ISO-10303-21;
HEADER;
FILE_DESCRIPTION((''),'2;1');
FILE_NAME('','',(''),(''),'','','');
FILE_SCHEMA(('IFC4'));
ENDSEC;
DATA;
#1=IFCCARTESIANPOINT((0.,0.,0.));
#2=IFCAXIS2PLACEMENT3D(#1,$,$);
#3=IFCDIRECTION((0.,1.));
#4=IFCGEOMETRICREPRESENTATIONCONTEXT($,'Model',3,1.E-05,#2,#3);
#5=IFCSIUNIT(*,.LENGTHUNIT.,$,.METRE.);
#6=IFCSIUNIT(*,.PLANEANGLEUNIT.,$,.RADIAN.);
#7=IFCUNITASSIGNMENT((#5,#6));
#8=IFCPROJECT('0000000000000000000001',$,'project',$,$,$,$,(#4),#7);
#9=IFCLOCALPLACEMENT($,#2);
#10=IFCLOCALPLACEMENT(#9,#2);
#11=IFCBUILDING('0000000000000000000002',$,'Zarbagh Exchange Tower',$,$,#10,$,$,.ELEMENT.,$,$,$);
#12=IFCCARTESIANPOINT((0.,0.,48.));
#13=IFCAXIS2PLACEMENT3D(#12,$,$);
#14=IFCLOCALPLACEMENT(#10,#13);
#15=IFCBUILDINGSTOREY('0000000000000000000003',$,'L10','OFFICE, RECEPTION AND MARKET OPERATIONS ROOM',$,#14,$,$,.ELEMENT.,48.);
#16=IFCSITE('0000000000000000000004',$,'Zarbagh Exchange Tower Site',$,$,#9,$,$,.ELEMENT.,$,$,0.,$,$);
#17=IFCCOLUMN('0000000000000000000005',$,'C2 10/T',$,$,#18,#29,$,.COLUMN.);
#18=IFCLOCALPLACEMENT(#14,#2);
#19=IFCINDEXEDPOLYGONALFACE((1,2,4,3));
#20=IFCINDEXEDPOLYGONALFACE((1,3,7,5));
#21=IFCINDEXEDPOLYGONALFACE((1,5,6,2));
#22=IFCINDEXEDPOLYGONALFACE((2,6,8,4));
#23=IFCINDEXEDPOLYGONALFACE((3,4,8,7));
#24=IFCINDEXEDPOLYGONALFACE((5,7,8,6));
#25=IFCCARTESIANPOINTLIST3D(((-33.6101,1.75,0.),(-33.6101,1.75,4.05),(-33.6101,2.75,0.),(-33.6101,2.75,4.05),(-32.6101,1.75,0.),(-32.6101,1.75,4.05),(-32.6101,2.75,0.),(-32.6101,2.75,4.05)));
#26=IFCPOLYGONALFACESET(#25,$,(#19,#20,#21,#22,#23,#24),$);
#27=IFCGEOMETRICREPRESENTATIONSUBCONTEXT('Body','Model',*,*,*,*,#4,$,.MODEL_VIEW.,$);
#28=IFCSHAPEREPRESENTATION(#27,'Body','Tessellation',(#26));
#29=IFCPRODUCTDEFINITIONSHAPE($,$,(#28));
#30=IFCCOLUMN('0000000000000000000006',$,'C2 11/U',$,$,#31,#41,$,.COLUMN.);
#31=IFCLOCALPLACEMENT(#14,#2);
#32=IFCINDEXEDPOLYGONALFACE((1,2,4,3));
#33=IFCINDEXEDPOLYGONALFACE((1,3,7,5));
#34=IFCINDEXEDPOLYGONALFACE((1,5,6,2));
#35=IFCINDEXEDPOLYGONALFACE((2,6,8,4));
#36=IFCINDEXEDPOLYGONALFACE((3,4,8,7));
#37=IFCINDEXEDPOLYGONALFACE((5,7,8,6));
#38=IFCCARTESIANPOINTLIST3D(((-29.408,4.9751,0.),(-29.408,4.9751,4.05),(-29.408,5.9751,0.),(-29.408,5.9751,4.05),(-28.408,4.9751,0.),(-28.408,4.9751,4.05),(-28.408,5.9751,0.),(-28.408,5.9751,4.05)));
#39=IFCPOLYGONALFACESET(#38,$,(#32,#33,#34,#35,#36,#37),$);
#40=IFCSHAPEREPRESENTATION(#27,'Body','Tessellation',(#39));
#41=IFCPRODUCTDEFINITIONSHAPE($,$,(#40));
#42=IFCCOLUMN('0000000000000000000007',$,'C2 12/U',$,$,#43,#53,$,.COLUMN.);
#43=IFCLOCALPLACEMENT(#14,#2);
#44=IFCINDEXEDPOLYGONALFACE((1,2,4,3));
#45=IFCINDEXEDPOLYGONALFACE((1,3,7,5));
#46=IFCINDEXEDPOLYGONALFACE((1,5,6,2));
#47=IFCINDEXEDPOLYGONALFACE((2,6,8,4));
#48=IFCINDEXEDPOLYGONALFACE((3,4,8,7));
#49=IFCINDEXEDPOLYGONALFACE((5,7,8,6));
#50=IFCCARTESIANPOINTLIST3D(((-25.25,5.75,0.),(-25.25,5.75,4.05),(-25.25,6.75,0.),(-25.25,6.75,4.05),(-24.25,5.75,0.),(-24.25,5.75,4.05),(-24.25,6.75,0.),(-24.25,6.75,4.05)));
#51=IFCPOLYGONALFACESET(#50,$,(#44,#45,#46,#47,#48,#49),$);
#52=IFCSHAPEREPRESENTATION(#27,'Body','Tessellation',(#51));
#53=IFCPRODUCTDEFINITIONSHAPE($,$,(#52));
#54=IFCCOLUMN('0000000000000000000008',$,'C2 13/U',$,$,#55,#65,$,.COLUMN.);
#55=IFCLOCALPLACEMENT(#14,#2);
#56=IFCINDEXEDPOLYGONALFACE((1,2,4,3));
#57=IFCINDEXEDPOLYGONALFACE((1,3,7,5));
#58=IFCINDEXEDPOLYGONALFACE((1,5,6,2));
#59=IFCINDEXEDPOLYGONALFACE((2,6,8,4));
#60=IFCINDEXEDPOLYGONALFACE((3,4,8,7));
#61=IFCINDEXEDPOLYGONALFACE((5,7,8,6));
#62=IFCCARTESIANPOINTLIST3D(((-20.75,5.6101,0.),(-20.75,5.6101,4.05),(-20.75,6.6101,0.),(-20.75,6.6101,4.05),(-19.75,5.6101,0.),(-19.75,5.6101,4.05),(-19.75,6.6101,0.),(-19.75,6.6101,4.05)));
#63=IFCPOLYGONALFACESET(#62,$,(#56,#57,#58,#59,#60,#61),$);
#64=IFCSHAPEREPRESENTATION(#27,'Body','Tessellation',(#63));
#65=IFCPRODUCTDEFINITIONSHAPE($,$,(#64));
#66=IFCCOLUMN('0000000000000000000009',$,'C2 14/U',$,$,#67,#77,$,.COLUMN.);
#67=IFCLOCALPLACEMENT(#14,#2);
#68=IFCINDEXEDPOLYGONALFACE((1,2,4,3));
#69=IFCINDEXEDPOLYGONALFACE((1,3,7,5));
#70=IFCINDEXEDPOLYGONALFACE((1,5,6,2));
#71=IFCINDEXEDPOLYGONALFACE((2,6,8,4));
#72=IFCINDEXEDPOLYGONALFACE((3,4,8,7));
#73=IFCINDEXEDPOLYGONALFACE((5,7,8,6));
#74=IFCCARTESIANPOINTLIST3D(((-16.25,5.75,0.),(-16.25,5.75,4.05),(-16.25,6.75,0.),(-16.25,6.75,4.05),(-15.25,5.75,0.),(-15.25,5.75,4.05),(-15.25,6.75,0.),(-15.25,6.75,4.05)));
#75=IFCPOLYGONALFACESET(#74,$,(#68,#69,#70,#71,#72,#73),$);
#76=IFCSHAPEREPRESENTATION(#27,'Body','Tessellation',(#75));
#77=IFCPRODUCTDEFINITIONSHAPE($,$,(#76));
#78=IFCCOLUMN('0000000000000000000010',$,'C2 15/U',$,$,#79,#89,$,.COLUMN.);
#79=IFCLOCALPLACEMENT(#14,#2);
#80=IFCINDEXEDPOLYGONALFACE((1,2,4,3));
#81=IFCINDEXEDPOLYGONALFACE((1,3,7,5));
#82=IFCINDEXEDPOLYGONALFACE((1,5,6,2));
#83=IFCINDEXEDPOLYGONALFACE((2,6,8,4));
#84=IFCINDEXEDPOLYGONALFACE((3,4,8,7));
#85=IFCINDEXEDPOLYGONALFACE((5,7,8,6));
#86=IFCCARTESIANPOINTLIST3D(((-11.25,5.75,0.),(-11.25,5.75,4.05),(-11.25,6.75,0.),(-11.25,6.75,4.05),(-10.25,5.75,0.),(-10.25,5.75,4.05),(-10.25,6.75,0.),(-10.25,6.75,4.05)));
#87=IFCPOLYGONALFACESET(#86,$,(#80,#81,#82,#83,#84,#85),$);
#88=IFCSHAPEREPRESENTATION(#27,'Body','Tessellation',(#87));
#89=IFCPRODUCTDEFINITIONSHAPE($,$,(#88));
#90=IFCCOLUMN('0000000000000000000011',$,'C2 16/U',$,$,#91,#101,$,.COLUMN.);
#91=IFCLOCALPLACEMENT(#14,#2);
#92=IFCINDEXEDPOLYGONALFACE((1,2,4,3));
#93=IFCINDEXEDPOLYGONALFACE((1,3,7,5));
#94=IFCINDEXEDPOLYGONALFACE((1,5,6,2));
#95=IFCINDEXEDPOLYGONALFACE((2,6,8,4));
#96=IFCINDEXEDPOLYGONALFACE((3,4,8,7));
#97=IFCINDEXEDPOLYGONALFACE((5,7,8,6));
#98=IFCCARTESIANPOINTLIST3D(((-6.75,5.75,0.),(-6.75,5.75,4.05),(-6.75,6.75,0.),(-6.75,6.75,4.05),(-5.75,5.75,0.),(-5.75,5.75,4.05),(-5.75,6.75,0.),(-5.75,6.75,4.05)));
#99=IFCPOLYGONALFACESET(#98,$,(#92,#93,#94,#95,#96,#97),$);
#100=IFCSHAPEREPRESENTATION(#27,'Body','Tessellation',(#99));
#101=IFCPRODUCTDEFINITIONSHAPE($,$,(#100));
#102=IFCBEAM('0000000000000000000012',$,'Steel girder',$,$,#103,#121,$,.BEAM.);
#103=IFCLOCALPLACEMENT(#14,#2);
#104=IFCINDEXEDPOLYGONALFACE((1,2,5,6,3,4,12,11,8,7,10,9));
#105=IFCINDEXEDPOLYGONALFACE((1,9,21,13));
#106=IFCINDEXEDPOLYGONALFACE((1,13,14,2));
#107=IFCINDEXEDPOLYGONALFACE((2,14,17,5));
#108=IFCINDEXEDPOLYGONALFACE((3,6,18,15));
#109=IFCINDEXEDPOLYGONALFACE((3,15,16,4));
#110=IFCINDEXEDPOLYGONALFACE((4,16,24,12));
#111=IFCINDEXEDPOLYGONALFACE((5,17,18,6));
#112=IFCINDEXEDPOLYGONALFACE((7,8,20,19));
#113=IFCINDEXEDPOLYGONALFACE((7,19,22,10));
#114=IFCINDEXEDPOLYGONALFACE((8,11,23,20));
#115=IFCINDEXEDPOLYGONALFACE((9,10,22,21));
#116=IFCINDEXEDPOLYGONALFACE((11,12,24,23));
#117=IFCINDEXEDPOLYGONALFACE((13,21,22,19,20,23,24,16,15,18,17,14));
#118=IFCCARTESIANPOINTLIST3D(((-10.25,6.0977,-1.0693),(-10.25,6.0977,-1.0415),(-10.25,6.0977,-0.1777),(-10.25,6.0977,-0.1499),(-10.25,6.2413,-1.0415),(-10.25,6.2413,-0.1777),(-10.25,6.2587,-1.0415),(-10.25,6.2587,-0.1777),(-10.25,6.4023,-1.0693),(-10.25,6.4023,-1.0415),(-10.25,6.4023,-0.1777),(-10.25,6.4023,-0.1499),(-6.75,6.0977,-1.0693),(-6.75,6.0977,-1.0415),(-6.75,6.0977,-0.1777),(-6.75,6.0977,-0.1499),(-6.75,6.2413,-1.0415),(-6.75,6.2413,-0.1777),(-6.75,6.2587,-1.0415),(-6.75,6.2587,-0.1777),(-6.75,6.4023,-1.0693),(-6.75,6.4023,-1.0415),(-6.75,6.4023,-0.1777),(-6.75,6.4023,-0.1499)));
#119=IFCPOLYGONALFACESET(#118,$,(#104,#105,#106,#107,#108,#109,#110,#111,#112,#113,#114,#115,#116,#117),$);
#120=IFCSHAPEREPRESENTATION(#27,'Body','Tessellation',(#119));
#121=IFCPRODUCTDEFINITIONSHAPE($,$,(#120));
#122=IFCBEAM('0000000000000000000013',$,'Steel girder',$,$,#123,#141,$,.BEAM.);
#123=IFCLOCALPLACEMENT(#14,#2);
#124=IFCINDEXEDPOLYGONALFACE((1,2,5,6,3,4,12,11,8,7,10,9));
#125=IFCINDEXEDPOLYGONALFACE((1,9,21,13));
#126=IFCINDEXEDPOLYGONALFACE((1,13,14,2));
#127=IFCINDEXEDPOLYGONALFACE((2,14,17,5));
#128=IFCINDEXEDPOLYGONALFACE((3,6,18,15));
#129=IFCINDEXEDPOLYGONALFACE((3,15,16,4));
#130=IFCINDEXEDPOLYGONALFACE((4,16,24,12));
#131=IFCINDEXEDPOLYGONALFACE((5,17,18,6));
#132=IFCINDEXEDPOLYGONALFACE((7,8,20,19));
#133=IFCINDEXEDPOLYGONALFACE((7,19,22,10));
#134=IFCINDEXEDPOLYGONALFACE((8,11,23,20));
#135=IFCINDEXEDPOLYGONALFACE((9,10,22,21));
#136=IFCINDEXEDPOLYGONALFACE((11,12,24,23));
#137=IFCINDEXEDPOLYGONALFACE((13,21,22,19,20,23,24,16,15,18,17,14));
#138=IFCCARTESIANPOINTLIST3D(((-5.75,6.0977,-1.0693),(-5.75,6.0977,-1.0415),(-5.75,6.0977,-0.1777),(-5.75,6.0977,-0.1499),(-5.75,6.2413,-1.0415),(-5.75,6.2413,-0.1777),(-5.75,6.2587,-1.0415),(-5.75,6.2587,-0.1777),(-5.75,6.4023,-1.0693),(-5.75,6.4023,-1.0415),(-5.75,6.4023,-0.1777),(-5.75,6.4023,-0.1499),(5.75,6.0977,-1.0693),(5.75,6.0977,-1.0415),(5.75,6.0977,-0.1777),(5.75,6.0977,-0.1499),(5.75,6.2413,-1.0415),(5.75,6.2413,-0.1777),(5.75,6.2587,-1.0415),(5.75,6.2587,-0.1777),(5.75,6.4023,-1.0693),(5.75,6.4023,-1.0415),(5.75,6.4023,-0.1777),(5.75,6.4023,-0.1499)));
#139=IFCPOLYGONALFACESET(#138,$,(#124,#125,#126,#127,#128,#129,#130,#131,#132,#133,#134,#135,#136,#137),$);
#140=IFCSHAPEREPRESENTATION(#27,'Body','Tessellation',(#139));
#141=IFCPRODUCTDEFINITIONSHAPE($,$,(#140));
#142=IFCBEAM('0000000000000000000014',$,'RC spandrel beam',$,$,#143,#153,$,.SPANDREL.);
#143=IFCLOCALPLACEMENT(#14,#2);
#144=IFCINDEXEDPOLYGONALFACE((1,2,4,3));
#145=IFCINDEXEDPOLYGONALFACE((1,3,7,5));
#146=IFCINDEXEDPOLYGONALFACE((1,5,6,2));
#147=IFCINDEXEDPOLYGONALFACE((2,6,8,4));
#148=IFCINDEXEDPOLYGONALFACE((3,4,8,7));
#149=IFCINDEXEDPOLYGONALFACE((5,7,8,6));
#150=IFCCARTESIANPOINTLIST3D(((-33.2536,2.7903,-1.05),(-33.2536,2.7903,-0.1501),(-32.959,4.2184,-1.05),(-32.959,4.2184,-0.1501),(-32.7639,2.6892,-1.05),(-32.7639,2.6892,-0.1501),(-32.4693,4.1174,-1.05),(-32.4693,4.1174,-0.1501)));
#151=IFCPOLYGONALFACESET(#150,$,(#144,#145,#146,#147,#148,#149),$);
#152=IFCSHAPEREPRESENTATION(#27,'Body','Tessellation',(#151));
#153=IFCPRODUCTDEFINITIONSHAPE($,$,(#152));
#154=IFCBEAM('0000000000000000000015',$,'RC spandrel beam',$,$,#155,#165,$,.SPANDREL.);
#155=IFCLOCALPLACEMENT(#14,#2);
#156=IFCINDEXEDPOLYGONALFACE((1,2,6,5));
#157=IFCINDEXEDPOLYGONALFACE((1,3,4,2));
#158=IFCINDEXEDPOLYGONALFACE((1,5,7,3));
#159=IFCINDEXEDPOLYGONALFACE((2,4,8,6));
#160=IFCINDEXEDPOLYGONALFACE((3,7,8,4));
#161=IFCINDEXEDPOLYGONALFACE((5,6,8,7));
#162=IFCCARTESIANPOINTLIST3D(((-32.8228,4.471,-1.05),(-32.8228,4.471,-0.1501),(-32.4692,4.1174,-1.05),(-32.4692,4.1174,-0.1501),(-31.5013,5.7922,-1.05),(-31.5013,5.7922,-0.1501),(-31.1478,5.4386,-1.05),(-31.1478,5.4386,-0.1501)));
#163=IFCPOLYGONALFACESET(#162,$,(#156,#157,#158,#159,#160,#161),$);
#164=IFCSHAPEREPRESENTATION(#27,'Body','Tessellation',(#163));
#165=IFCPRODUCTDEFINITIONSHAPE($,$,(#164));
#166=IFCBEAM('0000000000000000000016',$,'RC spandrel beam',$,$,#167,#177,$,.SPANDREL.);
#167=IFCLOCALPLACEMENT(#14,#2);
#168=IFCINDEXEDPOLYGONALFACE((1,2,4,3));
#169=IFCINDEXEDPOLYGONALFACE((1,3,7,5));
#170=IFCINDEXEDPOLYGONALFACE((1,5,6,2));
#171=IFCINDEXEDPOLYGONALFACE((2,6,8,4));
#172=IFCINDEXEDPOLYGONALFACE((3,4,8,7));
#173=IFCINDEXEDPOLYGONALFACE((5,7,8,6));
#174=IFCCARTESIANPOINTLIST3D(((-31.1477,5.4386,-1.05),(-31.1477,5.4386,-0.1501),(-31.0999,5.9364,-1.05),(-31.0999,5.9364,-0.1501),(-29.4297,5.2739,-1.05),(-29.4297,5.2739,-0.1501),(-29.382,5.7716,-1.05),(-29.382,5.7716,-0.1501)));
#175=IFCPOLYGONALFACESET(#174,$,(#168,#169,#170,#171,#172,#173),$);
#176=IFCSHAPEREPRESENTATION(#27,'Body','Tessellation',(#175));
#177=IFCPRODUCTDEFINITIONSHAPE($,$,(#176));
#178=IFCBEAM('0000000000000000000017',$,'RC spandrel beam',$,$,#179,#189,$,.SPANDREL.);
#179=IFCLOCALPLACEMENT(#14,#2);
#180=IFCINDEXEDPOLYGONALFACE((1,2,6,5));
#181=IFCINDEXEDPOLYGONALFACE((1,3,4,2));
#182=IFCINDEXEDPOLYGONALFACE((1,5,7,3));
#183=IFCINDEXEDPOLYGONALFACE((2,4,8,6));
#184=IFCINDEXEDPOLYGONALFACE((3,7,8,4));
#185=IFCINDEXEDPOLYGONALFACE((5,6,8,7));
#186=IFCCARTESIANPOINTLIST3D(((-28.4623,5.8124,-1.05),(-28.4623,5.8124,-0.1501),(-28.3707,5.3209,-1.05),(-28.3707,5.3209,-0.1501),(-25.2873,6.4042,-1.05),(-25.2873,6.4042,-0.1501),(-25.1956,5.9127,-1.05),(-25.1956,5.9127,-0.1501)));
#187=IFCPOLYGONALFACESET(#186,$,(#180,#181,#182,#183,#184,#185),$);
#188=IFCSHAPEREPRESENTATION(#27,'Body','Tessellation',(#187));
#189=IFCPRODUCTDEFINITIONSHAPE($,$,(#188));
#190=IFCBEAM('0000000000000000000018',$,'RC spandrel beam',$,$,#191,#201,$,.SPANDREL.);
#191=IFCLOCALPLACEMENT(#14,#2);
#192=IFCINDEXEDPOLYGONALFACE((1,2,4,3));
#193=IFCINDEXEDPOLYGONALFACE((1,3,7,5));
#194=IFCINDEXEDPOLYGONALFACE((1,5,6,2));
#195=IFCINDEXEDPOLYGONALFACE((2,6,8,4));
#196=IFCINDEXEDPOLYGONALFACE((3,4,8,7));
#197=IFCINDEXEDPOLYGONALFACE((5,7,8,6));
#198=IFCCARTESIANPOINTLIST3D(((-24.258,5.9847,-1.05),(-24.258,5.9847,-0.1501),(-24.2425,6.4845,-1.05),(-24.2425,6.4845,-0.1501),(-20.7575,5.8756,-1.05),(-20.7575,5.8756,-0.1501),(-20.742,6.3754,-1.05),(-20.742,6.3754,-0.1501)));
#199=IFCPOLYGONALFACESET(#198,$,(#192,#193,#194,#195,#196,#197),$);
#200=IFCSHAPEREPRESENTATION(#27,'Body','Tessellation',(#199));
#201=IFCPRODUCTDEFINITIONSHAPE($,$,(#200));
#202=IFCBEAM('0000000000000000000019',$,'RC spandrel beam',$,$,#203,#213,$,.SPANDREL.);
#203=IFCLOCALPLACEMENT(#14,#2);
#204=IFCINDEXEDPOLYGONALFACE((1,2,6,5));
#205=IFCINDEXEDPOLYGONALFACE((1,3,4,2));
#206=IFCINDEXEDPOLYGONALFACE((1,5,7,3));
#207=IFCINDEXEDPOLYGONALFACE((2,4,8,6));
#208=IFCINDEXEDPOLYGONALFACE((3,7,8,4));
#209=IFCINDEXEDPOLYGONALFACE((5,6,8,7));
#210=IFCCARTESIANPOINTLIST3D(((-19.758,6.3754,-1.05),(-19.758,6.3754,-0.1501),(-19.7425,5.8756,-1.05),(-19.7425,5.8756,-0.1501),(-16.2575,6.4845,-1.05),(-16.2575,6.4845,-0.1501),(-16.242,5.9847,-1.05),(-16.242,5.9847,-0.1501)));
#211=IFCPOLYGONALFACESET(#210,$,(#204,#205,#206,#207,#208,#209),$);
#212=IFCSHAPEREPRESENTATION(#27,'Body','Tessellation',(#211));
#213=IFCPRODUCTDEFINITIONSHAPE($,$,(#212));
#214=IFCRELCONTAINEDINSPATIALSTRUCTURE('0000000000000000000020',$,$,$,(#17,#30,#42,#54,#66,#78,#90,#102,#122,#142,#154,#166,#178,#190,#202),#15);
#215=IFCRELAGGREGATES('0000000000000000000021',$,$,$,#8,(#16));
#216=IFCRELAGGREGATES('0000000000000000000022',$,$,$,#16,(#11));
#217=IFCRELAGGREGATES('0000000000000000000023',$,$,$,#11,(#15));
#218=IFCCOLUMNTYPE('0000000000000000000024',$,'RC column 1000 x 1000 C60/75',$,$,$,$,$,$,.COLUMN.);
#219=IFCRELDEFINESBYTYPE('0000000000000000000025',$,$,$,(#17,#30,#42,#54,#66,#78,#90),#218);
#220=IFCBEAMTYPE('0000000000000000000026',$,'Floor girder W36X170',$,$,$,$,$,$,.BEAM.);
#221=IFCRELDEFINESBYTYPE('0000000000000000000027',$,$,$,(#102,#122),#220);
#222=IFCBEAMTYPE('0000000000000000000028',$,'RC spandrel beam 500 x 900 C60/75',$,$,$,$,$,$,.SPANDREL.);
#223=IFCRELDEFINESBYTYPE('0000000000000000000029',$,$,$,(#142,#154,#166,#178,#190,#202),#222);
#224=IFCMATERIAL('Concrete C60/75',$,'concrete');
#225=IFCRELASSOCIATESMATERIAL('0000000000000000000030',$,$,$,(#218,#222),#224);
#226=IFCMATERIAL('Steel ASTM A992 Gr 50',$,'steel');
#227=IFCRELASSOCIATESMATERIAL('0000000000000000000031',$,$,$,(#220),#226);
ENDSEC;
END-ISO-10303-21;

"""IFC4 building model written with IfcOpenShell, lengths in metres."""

from ifc_helpers import new_model, si_unit, direction, frame, origin, origin_2d, place, context, subcontext, project, spatial, rectangle, i_section, extrude, material, material_profile, profile_set, type_object, element, save


model = new_model("IFC4")

# Units and contexts
model_context = context("Model", 3, precision=1e-05, world=origin(), true_north=direction((0.0, 1.0)))
body_context = subcontext(model_context, "Body", "Model", "MODEL_VIEW")
ifc_project = project(units=[si_unit("LENGTHUNIT", "METRE"), si_unit("PLANEANGLEUNIT", "RADIAN")], contexts=[model_context])

# Site, building, storey
site_placement = place(None, origin())
site = spatial("IfcSite", under=ifc_project, at=site_placement, Name="Zarbagh Exchange Tower Site", CompositionType="ELEMENT", RefElevation=0.0)
building_placement = place(site_placement, origin())
building = spatial("IfcBuilding", under=site, at=building_placement, Name="Zarbagh Exchange Tower", CompositionType="ELEMENT")
storey_placement = place(building_placement, frame((0.0, 0.0, 48.0)))
storey = spatial("IfcBuildingStorey", under=building, at=storey_placement, Name="L10", Description="OFFICE, RECEPTION AND MARKET OPERATIONS ROOM", CompositionType="ELEMENT", Elevation=48.0)

# Columns
ifc_material_1 = material(Name="Concrete C60/75", Category="concrete")
ifc_material_profile_1 = material_profile(ifc_material_1, rectangle(XDim=1.0, YDim=1.0, at=origin_2d()), Name="RC column 1000 x 1000 C60/75")
ifc_profile_set_1 = profile_set([ifc_material_profile_1], Name="Concrete C60/75")
column_type = type_object("IfcColumnType", Name="RC column 1000 x 1000 C60/75", PredefinedType="COLUMN", material=ifc_profile_set_1)
for number, where, z_axis, x_axis, name in (
    (1, (-33.1101, 2.25, 0.0), (0.0, 0.0, 1.0), (1.0, 0.0, 0.0), "C2 10/T"),
    (2, (-28.908, 5.4751, 0.0), (0.0, 0.0, 1.0), (1.0, 0.0, 0.0), "C2 11/U"),
    (3, (-24.75, 6.25, 0.0), (0.0, 0.0, 1.0), (1.0, 0.0, 0.0), "C2 12/U"),
    (4, (-20.25, 6.1101, 0.0), (0.0, 0.0, 1.0), (1.0, 0.0, 0.0), "C2 13/U"),
    (5, (-15.75, 6.25, 0.0), (0.0, 0.0, 1.0), (1.0, 0.0, 0.0), "C2 14/U"),
    (6, (-10.75, 6.25, 0.0), (0.0, 0.0, 1.0), (1.0, 0.0, 0.0), "C2 15/U"),
    (7, (-6.25, 6.25, 0.0), (0.0, 0.0, 1.0), (1.0, 0.0, 0.0), "C2 16/U"),
):
    element("IfcColumn", number, at=place(storey_placement, frame(where, z_axis=z_axis, x_axis=x_axis)), inside=storey, type_object=column_type, Name=name, PredefinedType="COLUMN", context=body_context, shape_type="SweptSolid", body=[
        extrude(rectangle(XDim=1.0, YDim=1.0, at=origin_2d()), origin(), (0.0, 0.0, 1.0), 4.05),
    ])

# Beams
ifc_material_2 = material(Name="Steel ASTM A992 Gr 50", Category="steel")
ifc_material_profile_2 = material_profile(ifc_material_2, i_section(OverallWidth=0.3047, OverallDepth=0.9194, WebThickness=0.0173, FlangeThickness=0.0278, at=origin_2d()), Name="W36X170")
ifc_profile_set_2 = profile_set([ifc_material_profile_2], Name="Steel ASTM A992 Gr 50")
beam_type_1 = type_object("IfcBeamType", Name="Floor girder W36X170", PredefinedType="BEAM", material=ifc_profile_set_2)
beam_1_placement = place(storey_placement, frame((-10.25, 6.25, -0.6096), z_axis=(1.0, 0.0, 0.0), x_axis=(0.0, 1.0, 0.0)))
element("IfcBeam", 8, at=beam_1_placement, inside=storey, type_object=beam_type_1, Name="Steel girder", PredefinedType="BEAM", context=body_context, shape_type="SweptSolid", body=[
    extrude(i_section(OverallWidth=0.3047, OverallDepth=0.9194, WebThickness=0.0173, FlangeThickness=0.0278, at=origin_2d()), origin(), (0.0, 0.0, 1.0), 3.5),
])
beam_2_placement = place(storey_placement, frame((-5.75, 6.25, -0.6096), z_axis=(1.0, 0.0, 0.0), x_axis=(0.0, 1.0, 0.0)))
element("IfcBeam", 9, at=beam_2_placement, inside=storey, type_object=beam_type_1, Name="Steel girder", PredefinedType="BEAM", context=body_context, shape_type="SweptSolid", body=[
    extrude(i_section(OverallWidth=0.3047, OverallDepth=0.9194, WebThickness=0.0173, FlangeThickness=0.0278, at=origin_2d()), origin(), (0.0, 0.0, 1.0), 11.5),
])
ifc_material_profile_3 = material_profile(ifc_material_1, rectangle(XDim=0.5, YDim=0.8999, at=origin_2d()), Name="RC spandrel beam 500 x 900 C60/75")
ifc_profile_set_3 = profile_set([ifc_material_profile_3], Name="Concrete C60/75")
beam_type_2 = type_object("IfcBeamType", Name="RC spandrel beam 500 x 900 C60/75", PredefinedType="SPANDREL", material=ifc_profile_set_3)
beam_3_placement = place(storey_placement, frame((-33.0088, 2.7397, -0.6001), z_axis=(0.202069, 0.979371, 0.0), x_axis=(-0.979371, 0.202069, 0.0)))
element("IfcBeam", 10, at=beam_3_placement, inside=storey, type_object=beam_type_2, Name="RC spandrel beam", PredefinedType="SPANDREL", context=body_context, shape_type="SweptSolid", body=[
    extrude(rectangle(XDim=0.5, YDim=0.8999, at=origin_2d()), origin(), (0.0, 0.0, 1.0), 1.4583),
])
beam_4_placement = place(storey_placement, frame((-32.646, 4.2942, -0.6001), z_axis=(0.707172, 0.707041, 0.0), x_axis=(-0.707041, 0.707172, 0.0)))
element("IfcBeam", 11, at=beam_4_placement, inside=storey, type_object=beam_type_2, Name="RC spandrel beam", PredefinedType="SPANDREL", context=body_context, shape_type="SweptSolid", body=[
    extrude(rectangle(XDim=0.5, YDim=0.8999, at=origin_2d()), origin(), (0.0, 0.0, 1.0), 1.8687),
])
beam_5_placement = place(storey_placement, frame((-31.1238, 5.6875, -0.6001), z_axis=(0.995431, -0.095483, 0.0), x_axis=(0.095483, 0.995431, 0.0)))
element("IfcBeam", 12, at=beam_5_placement, inside=storey, type_object=beam_type_2, Name="RC spandrel beam", PredefinedType="SPANDREL", context=body_context, shape_type="SweptSolid", body=[
    extrude(rectangle(XDim=0.5, YDim=0.8999, at=origin_2d()), origin(), (0.0, 0.0, 1.0), 1.7258),
])
beam_6_placement = place(storey_placement, frame((-28.4165, 5.5667, -0.6001), z_axis=(0.983069, 0.183234, 0.0), x_axis=(-0.183234, 0.983069, 0.0)))
element("IfcBeam", 13, at=beam_6_placement, inside=storey, type_object=beam_type_2, Name="RC spandrel beam", PredefinedType="SPANDREL", context=body_context, shape_type="SweptSolid", body=[
    extrude(rectangle(XDim=0.5, YDim=0.8999, at=origin_2d()), origin(), (0.0, 0.0, 1.0), 3.2297),
])
for number, where, z_axis, x_axis, name in (
    (14, (-24.2502, 6.2346, -0.6001), (0.999514, -0.031161, 0.0), (0.031161, 0.999514, 0.0), "RC spandrel beam"),
    (15, (-19.7502, 6.1255, -0.6001), (0.999514, 0.031161, 0.0), (-0.031161, 0.999514, 0.0), "RC spandrel beam"),
):
    element("IfcBeam", number, at=place(storey_placement, frame(where, z_axis=z_axis, x_axis=x_axis)), inside=storey, type_object=beam_type_2, Name=name, PredefinedType="SPANDREL", context=body_context, shape_type="SweptSolid", body=[
        extrude(rectangle(XDim=0.5, YDim=0.8999, at=origin_2d()), origin(), (0.0, 0.0, 1.0), 3.5022),
    ])

save(model, "model.ifc")
